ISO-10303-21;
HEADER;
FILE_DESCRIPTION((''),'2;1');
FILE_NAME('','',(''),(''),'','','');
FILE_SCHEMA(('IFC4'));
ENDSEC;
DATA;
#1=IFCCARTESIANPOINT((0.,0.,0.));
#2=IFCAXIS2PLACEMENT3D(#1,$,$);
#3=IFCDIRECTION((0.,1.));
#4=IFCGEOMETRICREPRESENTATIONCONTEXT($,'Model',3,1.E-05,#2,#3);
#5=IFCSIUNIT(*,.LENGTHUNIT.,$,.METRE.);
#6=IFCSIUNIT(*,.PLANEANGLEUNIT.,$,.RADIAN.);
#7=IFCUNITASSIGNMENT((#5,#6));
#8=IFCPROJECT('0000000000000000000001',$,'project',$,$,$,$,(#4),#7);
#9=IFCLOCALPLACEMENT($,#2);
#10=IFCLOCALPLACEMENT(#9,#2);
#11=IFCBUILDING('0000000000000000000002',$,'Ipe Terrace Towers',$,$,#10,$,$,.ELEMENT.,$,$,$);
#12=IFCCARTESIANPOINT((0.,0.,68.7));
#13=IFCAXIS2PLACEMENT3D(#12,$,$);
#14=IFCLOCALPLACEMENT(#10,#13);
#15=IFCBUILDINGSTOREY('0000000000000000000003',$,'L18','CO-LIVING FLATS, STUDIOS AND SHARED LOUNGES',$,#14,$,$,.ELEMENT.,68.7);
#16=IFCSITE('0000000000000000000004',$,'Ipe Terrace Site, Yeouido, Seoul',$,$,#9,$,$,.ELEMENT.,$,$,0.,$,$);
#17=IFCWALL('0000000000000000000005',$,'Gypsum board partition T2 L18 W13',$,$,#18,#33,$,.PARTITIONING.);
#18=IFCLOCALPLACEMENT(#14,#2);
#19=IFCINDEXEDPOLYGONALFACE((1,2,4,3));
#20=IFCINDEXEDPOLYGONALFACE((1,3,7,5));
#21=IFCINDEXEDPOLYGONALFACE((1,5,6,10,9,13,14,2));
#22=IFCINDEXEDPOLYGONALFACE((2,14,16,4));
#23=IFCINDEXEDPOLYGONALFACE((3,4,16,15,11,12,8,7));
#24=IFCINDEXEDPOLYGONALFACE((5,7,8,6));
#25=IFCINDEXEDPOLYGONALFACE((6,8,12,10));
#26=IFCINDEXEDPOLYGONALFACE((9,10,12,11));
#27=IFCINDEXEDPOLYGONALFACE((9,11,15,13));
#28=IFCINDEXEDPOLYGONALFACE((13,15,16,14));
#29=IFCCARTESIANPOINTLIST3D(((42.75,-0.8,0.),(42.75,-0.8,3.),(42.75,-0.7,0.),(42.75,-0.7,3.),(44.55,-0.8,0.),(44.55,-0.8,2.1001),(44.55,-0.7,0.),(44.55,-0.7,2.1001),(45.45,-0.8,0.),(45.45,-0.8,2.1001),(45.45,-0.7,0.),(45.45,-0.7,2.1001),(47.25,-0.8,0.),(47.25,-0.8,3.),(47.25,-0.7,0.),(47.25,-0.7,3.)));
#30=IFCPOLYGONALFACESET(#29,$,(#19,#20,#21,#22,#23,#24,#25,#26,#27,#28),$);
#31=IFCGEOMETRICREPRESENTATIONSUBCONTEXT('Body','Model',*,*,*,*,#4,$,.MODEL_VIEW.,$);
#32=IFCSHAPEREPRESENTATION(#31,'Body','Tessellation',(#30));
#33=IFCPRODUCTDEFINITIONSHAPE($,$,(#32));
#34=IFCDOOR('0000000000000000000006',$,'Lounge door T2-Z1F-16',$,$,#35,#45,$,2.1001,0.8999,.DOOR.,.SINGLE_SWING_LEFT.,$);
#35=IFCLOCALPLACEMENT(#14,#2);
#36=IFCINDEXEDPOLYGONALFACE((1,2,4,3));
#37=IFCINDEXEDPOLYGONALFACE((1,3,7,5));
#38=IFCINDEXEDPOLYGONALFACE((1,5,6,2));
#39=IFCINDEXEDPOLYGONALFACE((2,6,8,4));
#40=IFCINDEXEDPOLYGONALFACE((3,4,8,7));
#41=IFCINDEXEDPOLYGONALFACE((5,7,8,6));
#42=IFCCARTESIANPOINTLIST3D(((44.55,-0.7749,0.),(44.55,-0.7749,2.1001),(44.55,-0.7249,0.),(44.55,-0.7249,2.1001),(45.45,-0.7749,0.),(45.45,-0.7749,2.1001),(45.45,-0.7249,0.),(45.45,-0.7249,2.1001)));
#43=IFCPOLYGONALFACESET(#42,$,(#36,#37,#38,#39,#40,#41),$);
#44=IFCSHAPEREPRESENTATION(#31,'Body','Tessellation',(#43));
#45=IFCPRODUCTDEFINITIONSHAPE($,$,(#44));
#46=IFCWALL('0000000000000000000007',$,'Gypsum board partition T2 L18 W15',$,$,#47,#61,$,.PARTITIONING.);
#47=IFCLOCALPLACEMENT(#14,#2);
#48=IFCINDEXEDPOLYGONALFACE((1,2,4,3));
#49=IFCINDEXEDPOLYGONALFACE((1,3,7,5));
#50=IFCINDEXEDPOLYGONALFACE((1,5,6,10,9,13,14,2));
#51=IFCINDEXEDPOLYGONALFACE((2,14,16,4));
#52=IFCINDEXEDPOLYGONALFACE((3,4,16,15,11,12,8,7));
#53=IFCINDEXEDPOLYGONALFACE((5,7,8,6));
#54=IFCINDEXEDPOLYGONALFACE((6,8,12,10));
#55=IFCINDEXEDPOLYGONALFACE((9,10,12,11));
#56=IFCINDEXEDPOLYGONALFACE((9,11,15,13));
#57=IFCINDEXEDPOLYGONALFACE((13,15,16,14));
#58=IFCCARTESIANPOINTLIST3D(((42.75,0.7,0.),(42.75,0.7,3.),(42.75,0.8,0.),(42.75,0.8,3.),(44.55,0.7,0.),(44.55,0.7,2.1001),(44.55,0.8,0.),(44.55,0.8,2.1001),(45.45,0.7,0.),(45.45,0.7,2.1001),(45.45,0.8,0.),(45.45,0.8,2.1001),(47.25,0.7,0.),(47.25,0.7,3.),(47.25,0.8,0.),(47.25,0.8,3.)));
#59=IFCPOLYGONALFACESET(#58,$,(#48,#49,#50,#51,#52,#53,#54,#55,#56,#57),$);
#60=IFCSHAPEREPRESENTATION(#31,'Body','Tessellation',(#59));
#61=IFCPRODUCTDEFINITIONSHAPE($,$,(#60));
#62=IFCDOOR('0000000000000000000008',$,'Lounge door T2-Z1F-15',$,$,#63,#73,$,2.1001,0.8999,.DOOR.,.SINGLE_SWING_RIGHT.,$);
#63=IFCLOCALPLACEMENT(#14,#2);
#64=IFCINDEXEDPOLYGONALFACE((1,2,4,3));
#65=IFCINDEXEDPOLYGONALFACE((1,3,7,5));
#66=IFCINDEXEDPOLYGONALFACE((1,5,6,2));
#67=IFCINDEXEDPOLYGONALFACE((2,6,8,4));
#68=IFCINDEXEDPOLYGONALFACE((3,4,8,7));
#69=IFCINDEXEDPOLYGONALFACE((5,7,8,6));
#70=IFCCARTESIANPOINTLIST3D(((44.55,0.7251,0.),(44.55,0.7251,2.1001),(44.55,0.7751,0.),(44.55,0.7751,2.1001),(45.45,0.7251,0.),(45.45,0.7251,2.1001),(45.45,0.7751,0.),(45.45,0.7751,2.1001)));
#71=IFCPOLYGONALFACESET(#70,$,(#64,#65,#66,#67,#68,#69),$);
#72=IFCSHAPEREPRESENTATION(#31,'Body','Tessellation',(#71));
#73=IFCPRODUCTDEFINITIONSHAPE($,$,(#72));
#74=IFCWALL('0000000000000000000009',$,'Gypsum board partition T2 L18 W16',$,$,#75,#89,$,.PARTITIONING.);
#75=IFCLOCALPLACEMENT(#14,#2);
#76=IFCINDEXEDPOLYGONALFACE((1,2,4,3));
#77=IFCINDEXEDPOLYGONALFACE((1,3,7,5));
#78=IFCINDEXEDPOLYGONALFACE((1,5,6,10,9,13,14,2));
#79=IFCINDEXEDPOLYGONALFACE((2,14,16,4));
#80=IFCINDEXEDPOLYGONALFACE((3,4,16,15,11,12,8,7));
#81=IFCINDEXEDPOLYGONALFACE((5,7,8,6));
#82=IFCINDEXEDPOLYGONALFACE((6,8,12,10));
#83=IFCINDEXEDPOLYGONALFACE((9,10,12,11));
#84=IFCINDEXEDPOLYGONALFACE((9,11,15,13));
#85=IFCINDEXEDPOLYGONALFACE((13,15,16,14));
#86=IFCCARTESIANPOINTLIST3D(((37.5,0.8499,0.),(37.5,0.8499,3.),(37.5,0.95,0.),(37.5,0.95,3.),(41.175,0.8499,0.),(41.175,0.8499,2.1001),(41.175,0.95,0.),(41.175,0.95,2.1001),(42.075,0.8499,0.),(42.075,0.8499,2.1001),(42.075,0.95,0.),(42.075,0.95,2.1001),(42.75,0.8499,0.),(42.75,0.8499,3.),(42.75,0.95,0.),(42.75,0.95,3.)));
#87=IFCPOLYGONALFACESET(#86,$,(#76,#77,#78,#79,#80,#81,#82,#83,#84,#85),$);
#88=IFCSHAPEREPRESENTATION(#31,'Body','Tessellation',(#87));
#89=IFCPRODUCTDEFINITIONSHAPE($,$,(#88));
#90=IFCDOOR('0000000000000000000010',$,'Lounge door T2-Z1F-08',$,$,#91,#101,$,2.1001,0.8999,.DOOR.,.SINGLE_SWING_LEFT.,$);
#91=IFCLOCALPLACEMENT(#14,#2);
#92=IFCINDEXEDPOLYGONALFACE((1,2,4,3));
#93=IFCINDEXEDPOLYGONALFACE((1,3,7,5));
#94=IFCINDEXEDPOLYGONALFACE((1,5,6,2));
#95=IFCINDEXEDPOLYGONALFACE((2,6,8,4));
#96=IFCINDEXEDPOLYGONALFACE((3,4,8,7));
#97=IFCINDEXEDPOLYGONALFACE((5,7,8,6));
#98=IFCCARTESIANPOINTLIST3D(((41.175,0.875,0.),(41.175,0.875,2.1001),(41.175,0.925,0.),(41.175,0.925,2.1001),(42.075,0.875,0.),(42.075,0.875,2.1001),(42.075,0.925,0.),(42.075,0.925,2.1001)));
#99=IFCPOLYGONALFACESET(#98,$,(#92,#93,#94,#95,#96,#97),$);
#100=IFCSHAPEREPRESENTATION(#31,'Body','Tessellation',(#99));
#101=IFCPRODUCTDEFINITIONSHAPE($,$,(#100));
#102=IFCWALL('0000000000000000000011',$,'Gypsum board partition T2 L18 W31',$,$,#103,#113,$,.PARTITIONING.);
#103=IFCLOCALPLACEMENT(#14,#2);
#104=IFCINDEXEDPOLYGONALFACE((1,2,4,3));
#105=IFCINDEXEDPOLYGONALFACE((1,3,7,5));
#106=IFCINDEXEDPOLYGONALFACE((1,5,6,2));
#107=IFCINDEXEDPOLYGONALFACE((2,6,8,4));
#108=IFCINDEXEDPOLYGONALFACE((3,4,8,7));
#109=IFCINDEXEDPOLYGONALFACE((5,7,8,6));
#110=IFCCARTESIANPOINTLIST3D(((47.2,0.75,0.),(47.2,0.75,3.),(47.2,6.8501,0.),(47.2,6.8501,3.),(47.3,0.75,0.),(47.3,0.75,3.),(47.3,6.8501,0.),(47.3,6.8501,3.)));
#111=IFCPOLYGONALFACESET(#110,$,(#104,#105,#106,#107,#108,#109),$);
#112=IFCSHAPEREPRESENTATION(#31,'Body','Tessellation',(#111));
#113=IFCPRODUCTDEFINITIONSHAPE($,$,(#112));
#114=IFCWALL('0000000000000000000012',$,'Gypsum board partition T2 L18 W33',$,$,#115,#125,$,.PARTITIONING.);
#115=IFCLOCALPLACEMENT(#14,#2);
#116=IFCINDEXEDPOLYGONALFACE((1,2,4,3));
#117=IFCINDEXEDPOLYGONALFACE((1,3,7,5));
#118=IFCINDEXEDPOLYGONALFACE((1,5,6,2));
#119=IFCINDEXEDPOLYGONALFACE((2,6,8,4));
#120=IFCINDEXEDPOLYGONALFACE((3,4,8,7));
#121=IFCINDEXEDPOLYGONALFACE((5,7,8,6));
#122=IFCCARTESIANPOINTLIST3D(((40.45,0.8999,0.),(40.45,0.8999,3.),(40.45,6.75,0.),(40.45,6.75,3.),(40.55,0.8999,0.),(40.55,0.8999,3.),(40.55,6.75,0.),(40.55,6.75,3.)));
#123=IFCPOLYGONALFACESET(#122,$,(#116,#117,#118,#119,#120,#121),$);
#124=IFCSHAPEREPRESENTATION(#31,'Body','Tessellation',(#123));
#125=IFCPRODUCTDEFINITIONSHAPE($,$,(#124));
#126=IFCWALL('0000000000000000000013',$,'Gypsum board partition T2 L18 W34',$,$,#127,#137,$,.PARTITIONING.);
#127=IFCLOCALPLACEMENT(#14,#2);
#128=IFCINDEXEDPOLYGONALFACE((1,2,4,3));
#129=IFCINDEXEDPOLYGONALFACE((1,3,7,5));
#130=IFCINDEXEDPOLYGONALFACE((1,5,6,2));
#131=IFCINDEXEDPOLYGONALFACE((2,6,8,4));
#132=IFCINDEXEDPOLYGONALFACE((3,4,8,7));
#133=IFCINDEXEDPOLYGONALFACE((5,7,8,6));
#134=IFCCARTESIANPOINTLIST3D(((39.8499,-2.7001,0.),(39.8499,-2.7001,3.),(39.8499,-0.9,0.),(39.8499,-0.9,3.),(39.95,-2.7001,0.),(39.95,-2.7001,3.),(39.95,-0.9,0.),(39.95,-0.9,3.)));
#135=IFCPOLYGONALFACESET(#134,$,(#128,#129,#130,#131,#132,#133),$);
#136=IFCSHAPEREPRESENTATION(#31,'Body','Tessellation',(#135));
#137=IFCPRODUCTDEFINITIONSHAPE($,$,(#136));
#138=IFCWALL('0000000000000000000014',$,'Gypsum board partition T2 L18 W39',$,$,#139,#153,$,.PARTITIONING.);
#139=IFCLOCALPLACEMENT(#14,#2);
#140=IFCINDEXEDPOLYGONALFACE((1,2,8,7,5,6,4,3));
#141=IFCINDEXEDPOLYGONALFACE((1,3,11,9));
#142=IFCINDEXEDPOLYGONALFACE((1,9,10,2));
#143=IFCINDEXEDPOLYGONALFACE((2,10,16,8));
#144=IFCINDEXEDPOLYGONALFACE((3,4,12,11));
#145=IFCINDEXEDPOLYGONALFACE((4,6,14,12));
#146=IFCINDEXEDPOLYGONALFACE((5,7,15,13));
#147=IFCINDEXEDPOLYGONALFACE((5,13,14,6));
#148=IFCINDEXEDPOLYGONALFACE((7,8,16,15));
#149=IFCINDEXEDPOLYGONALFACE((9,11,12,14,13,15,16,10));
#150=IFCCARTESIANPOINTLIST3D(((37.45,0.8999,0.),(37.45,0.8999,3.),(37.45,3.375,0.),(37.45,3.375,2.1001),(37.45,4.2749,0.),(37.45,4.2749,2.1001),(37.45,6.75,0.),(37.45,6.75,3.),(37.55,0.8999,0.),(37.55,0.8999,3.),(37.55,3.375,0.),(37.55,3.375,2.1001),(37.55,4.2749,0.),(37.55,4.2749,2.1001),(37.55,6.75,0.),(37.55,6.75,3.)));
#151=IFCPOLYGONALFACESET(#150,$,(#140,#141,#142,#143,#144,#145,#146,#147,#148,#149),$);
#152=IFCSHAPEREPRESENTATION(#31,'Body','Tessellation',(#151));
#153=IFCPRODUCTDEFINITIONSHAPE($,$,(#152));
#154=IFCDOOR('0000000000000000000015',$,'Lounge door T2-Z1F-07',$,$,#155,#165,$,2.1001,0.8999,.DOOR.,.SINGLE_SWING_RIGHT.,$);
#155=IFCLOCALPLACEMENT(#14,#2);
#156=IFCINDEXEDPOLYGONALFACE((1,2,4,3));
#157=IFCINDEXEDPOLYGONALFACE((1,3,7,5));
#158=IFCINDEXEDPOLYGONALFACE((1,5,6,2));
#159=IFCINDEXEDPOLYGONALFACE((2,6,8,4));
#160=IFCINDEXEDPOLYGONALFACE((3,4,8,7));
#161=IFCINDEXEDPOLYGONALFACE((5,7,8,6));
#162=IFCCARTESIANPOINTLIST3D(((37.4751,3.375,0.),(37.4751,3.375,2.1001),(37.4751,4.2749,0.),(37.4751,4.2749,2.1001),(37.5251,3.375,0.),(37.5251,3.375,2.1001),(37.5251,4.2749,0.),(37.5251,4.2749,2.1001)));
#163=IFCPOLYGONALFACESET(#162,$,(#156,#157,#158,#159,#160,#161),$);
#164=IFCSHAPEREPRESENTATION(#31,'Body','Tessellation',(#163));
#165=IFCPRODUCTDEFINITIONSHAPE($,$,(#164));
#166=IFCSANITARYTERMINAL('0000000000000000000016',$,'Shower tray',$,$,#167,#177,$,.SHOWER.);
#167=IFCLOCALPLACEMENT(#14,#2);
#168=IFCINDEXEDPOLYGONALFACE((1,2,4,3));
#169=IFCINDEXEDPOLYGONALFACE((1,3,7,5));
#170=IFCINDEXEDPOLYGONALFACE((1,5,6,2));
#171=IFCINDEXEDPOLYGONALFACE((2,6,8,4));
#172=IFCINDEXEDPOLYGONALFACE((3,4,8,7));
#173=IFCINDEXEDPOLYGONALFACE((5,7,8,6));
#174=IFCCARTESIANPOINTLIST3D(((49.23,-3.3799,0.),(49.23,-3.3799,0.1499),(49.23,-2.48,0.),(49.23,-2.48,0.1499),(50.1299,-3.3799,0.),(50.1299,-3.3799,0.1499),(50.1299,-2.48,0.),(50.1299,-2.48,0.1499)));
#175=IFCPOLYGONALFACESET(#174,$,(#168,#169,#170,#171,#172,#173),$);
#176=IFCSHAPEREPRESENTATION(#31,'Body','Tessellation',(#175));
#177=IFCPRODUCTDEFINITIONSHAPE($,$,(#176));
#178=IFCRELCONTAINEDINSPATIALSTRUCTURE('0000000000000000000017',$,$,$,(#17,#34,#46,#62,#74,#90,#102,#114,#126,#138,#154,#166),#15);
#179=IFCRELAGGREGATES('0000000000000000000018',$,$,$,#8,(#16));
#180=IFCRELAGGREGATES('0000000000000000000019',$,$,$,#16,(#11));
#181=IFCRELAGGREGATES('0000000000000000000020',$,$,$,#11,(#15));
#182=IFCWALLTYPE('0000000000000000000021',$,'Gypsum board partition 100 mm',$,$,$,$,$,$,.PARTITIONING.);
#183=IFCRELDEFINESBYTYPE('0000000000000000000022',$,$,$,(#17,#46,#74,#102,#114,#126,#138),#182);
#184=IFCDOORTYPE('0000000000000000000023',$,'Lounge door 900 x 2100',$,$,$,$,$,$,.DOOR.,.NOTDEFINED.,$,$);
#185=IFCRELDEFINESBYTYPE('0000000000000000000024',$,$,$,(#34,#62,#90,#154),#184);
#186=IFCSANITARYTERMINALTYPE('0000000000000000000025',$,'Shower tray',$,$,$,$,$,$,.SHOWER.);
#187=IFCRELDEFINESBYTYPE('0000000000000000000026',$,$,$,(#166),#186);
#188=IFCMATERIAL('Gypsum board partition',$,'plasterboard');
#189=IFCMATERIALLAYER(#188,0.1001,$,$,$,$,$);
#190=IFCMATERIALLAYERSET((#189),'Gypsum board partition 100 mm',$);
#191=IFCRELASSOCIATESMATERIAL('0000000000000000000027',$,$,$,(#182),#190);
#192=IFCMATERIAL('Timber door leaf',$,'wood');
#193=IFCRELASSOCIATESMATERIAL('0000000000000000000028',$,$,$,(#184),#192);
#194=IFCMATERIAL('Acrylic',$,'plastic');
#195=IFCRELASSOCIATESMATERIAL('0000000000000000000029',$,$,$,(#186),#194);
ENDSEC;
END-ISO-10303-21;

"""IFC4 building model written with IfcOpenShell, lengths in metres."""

from ifc_helpers import new_model, si_unit, direction, frame, frame_2d, origin, origin_2d, place, context, subcontext, project, spatial, rectangle, extrude, material, layer, layer_set, type_object, element, fill, save


model = new_model("IFC4")

# Units and contexts
model_context = context("Model", 3, precision=1e-05, world=origin(), true_north=direction((0.0, 1.0)))
body_context = subcontext(model_context, "Body", "Model", "MODEL_VIEW")
ifc_project = project(units=[si_unit("LENGTHUNIT", "METRE"), si_unit("PLANEANGLEUNIT", "RADIAN")], contexts=[model_context])

# Site, building, storey
site_placement = place(None, origin())
site = spatial("IfcSite", under=ifc_project, at=site_placement, Name="Ipe Terrace Site, Yeouido, Seoul", CompositionType="ELEMENT", RefElevation=0.0)
building_placement = place(site_placement, origin())
building = spatial("IfcBuilding", under=site, at=building_placement, Name="Ipe Terrace Towers", CompositionType="ELEMENT")
storey_placement = place(building_placement, frame((0.0, 0.0, 68.7)))
storey = spatial("IfcBuildingStorey", under=building, at=storey_placement, Name="L18", Description="CO-LIVING FLATS, STUDIOS AND SHARED LOUNGES", CompositionType="ELEMENT", Elevation=68.7)

# Shared definitions
ifc_material_1 = material(Name="Gypsum board partition", Category="plasterboard")
ifc_layer_1 = layer(ifc_material_1, 0.1001)
ifc_layer_set_1 = layer_set([ifc_layer_1], Name="Gypsum board partition 100 mm")
wall_type = type_object("IfcWallType", Name="Gypsum board partition 100 mm", PredefinedType="PARTITIONING", material=ifc_layer_set_1)

# Walls, openings, doors
wall_1_placement = place(storey_placement, frame((47.25, -0.75, 0.0), z_axis=(0.0, 0.0, 1.0), x_axis=(-1.0, 0.0, 0.0)))
wall_1 = element("IfcWall", 1, at=wall_1_placement, inside=storey, type_object=wall_type, Name="Gypsum board partition T2 L18 W13", PredefinedType="PARTITIONING", context=body_context, shape_type="SweptSolid", body=[
    extrude(rectangle(XDim=4.5, YDim=0.1001, at=frame_2d((2.25, 0.0))), origin(), (0.0, 0.0, 1.0), 3.0),
])
opening_1_placement = place(wall_1_placement, frame((1.8, 0.0, 0.0)))
opening_1 = element("IfcOpeningElement", 2, at=opening_1_placement, cuts=wall_1, PredefinedType="OPENING", context=body_context, shape_type="SweptSolid", body=[
    extrude(rectangle(XDim=0.8999, YDim=2.1001, at=frame_2d((0.45, 1.05))), frame((0.0, 0.0601, 0.0), z_axis=(0.0, -1.0, 0.0), x_axis=(1.0, 0.0, 0.0)), (0.0, 0.0, 1.0), 0.1201),
])
ifc_material_2 = material(Name="Timber door leaf", Category="wood")
door_type_1 = type_object("IfcDoorType", Name="Lounge door 900 x 2100", OperationType="NOTDEFINED", PredefinedType="DOOR", material=ifc_material_2)
door_1_placement = place(opening_1_placement, origin())
door_1 = element("IfcDoor", 3, at=door_1_placement, inside=storey, type_object=door_type_1, Name="Lounge door T2-Z1F-16", OperationType="SINGLE_SWING_LEFT", OverallHeight=2.1001, OverallWidth=0.8999, PredefinedType="DOOR", context=body_context, shape_type="SweptSolid", body=[
    extrude(rectangle(XDim=0.8999, YDim=2.1001, at=frame_2d((0.45, 1.05))), frame((0.0, 0.0249, 0.0), z_axis=(0.0, -1.0, 0.0), x_axis=(1.0, 0.0, 0.0)), (0.0, 0.0, 1.0), 0.05),
])
fill(opening_1, door_1)
wall_2_placement = place(storey_placement, frame((47.25, 0.75, 0.0), z_axis=(0.0, 0.0, 1.0), x_axis=(-1.0, 0.0, 0.0)))
wall_2 = element("IfcWall", 4, at=wall_2_placement, inside=storey, type_object=wall_type, Name="Gypsum board partition T2 L18 W15", PredefinedType="PARTITIONING", context=body_context, shape_type="SweptSolid", body=[
    extrude(rectangle(XDim=4.5, YDim=0.1001, at=frame_2d((2.25, 0.0))), origin(), (0.0, 0.0, 1.0), 3.0),
])
opening_2_placement = place(wall_2_placement, frame((1.8, 0.0, 0.0)))
opening_2 = element("IfcOpeningElement", 5, at=opening_2_placement, cuts=wall_2, PredefinedType="OPENING", context=body_context, shape_type="SweptSolid", body=[
    extrude(rectangle(XDim=0.8999, YDim=2.1001, at=frame_2d((0.45, 1.05))), frame((0.0, 0.0601, 0.0), z_axis=(0.0, -1.0, 0.0), x_axis=(1.0, 0.0, 0.0)), (0.0, 0.0, 1.0), 0.1201),
])
door_2_placement = place(opening_2_placement, origin())
door_2 = element("IfcDoor", 6, at=door_2_placement, inside=storey, type_object=door_type_1, Name="Lounge door T2-Z1F-15", OperationType="SINGLE_SWING_RIGHT", OverallHeight=2.1001, OverallWidth=0.8999, PredefinedType="DOOR", context=body_context, shape_type="SweptSolid", body=[
    extrude(rectangle(XDim=0.8999, YDim=2.1001, at=frame_2d((0.45, 1.05))), frame((0.0, 0.0249, 0.0), z_axis=(0.0, -1.0, 0.0), x_axis=(1.0, 0.0, 0.0)), (0.0, 0.0, 1.0), 0.05),
])
fill(opening_2, door_2)
wall_3_placement = place(storey_placement, frame((42.75, 0.8999, 0.0), z_axis=(0.0, 0.0, 1.0), x_axis=(-1.0, 0.0, 0.0)))
wall_3 = element("IfcWall", 7, at=wall_3_placement, inside=storey, type_object=wall_type, Name="Gypsum board partition T2 L18 W16", PredefinedType="PARTITIONING", context=body_context, shape_type="SweptSolid", body=[
    extrude(rectangle(XDim=5.25, YDim=0.1001, at=frame_2d((2.625, 0.0))), origin(), (0.0, 0.0, 1.0), 3.0),
])
opening_3_placement = place(wall_3_placement, frame((0.675, 0.0, 0.0)))
opening_3 = element("IfcOpeningElement", 8, at=opening_3_placement, cuts=wall_3, PredefinedType="OPENING", context=body_context, shape_type="SweptSolid", body=[
    extrude(rectangle(XDim=0.8999, YDim=2.1001, at=frame_2d((0.45, 1.05))), frame((0.0, 0.0601, 0.0), z_axis=(0.0, -1.0, 0.0), x_axis=(1.0, 0.0, 0.0)), (0.0, 0.0, 1.0), 0.1201),
])
door_3_placement = place(opening_3_placement, origin())
door_3 = element("IfcDoor", 9, at=door_3_placement, inside=storey, type_object=door_type_1, Name="Lounge door T2-Z1F-08", OperationType="SINGLE_SWING_LEFT", OverallHeight=2.1001, OverallWidth=0.8999, PredefinedType="DOOR", context=body_context, shape_type="SweptSolid", body=[
    extrude(rectangle(XDim=0.8999, YDim=2.1001, at=frame_2d((0.45, 1.05))), frame((0.0, 0.0249, 0.0), z_axis=(0.0, -1.0, 0.0), x_axis=(1.0, 0.0, 0.0)), (0.0, 0.0, 1.0), 0.05),
])
fill(opening_3, door_3)

# Walls
wall_4_placement = place(storey_placement, frame((47.25, 0.75, 0.0), z_axis=(0.0, 0.0, 1.0), x_axis=(0.0, 1.0, 0.0)))
element("IfcWall", 10, at=wall_4_placement, inside=storey, type_object=wall_type, Name="Gypsum board partition T2 L18 W31", PredefinedType="PARTITIONING", context=body_context, shape_type="SweptSolid", body=[
    extrude(rectangle(XDim=6.1001, YDim=0.1001, at=frame_2d((3.05, 0.0))), origin(), (0.0, 0.0, 1.0), 3.0),
])
wall_5_placement = place(storey_placement, frame((40.5, 0.8999, 0.0), z_axis=(0.0, 0.0, 1.0), x_axis=(0.0, 1.0, 0.0)))
element("IfcWall", 11, at=wall_5_placement, inside=storey, type_object=wall_type, Name="Gypsum board partition T2 L18 W33", PredefinedType="PARTITIONING", context=body_context, shape_type="SweptSolid", body=[
    extrude(rectangle(XDim=5.8501, YDim=0.1001, at=frame_2d((2.925, 0.0))), origin(), (0.0, 0.0, 1.0), 3.0),
])
wall_6_placement = place(storey_placement, frame((39.8999, -2.7, 0.0), z_axis=(0.0, 0.0, 1.0), x_axis=(0.0, 1.0, 0.0)))
element("IfcWall", 12, at=wall_6_placement, inside=storey, type_object=wall_type, Name="Gypsum board partition T2 L18 W34", PredefinedType="PARTITIONING", context=body_context, shape_type="SweptSolid", body=[
    extrude(rectangle(XDim=1.8, YDim=0.1001, at=frame_2d((0.8999, 0.0))), origin(), (0.0, 0.0, 1.0), 3.0),
])

# Wall, opening, door
wall_7_placement = place(storey_placement, frame((37.5, 0.8999, 0.0), z_axis=(0.0, 0.0, 1.0), x_axis=(0.0, 1.0, 0.0)))
wall_7 = element("IfcWall", 13, at=wall_7_placement, inside=storey, type_object=wall_type, Name="Gypsum board partition T2 L18 W39", PredefinedType="PARTITIONING", context=body_context, shape_type="SweptSolid", body=[
    extrude(rectangle(XDim=5.8501, YDim=0.1001, at=frame_2d((2.925, 0.0))), origin(), (0.0, 0.0, 1.0), 3.0),
])
opening_4_placement = place(wall_7_placement, frame((2.4751, 0.0, 0.0)))
opening_4 = element("IfcOpeningElement", 14, at=opening_4_placement, cuts=wall_7, PredefinedType="OPENING", context=body_context, shape_type="SweptSolid", body=[
    extrude(rectangle(XDim=0.8999, YDim=2.1001, at=frame_2d((0.45, 1.05))), frame((0.0, 0.0601, 0.0), z_axis=(0.0, -1.0, 0.0), x_axis=(1.0, 0.0, 0.0)), (0.0, 0.0, 1.0), 0.1201),
])
door_4_placement = place(opening_4_placement, origin())
door_4 = element("IfcDoor", 15, at=door_4_placement, inside=storey, type_object=door_type_1, Name="Lounge door T2-Z1F-07", OperationType="SINGLE_SWING_RIGHT", OverallHeight=2.1001, OverallWidth=0.8999, PredefinedType="DOOR", context=body_context, shape_type="SweptSolid", body=[
    extrude(rectangle(XDim=0.8999, YDim=2.1001, at=frame_2d((0.45, 1.05))), frame((0.0, 0.0249, 0.0), z_axis=(0.0, -1.0, 0.0), x_axis=(1.0, 0.0, 0.0)), (0.0, 0.0, 1.0), 0.05),
])
fill(opening_4, door_4)

# Sanitary terminal
ifc_material_3 = material(Name="Acrylic", Category="plastic")
sanitary_terminal_type_1 = type_object("IfcSanitaryTerminalType", Name="Shower tray", PredefinedType="SHOWER", material=ifc_material_3)
sanitary_terminal_1_placement = place(storey_placement, frame((49.6799, -2.9299, 0.0), z_axis=(0.0, 0.0, 1.0), x_axis=(0.0, 1.0, 0.0)))
element("IfcSanitaryTerminal", 16, at=sanitary_terminal_1_placement, inside=storey, type_object=sanitary_terminal_type_1, Name="Shower tray", PredefinedType="SHOWER", context=body_context, shape_type="SweptSolid", body=[
    extrude(rectangle(XDim=0.8999, YDim=0.8999, at=origin_2d()), origin(), (0.0, 0.0, 1.0), 0.1499),
])

save(model, "model.ifc")
